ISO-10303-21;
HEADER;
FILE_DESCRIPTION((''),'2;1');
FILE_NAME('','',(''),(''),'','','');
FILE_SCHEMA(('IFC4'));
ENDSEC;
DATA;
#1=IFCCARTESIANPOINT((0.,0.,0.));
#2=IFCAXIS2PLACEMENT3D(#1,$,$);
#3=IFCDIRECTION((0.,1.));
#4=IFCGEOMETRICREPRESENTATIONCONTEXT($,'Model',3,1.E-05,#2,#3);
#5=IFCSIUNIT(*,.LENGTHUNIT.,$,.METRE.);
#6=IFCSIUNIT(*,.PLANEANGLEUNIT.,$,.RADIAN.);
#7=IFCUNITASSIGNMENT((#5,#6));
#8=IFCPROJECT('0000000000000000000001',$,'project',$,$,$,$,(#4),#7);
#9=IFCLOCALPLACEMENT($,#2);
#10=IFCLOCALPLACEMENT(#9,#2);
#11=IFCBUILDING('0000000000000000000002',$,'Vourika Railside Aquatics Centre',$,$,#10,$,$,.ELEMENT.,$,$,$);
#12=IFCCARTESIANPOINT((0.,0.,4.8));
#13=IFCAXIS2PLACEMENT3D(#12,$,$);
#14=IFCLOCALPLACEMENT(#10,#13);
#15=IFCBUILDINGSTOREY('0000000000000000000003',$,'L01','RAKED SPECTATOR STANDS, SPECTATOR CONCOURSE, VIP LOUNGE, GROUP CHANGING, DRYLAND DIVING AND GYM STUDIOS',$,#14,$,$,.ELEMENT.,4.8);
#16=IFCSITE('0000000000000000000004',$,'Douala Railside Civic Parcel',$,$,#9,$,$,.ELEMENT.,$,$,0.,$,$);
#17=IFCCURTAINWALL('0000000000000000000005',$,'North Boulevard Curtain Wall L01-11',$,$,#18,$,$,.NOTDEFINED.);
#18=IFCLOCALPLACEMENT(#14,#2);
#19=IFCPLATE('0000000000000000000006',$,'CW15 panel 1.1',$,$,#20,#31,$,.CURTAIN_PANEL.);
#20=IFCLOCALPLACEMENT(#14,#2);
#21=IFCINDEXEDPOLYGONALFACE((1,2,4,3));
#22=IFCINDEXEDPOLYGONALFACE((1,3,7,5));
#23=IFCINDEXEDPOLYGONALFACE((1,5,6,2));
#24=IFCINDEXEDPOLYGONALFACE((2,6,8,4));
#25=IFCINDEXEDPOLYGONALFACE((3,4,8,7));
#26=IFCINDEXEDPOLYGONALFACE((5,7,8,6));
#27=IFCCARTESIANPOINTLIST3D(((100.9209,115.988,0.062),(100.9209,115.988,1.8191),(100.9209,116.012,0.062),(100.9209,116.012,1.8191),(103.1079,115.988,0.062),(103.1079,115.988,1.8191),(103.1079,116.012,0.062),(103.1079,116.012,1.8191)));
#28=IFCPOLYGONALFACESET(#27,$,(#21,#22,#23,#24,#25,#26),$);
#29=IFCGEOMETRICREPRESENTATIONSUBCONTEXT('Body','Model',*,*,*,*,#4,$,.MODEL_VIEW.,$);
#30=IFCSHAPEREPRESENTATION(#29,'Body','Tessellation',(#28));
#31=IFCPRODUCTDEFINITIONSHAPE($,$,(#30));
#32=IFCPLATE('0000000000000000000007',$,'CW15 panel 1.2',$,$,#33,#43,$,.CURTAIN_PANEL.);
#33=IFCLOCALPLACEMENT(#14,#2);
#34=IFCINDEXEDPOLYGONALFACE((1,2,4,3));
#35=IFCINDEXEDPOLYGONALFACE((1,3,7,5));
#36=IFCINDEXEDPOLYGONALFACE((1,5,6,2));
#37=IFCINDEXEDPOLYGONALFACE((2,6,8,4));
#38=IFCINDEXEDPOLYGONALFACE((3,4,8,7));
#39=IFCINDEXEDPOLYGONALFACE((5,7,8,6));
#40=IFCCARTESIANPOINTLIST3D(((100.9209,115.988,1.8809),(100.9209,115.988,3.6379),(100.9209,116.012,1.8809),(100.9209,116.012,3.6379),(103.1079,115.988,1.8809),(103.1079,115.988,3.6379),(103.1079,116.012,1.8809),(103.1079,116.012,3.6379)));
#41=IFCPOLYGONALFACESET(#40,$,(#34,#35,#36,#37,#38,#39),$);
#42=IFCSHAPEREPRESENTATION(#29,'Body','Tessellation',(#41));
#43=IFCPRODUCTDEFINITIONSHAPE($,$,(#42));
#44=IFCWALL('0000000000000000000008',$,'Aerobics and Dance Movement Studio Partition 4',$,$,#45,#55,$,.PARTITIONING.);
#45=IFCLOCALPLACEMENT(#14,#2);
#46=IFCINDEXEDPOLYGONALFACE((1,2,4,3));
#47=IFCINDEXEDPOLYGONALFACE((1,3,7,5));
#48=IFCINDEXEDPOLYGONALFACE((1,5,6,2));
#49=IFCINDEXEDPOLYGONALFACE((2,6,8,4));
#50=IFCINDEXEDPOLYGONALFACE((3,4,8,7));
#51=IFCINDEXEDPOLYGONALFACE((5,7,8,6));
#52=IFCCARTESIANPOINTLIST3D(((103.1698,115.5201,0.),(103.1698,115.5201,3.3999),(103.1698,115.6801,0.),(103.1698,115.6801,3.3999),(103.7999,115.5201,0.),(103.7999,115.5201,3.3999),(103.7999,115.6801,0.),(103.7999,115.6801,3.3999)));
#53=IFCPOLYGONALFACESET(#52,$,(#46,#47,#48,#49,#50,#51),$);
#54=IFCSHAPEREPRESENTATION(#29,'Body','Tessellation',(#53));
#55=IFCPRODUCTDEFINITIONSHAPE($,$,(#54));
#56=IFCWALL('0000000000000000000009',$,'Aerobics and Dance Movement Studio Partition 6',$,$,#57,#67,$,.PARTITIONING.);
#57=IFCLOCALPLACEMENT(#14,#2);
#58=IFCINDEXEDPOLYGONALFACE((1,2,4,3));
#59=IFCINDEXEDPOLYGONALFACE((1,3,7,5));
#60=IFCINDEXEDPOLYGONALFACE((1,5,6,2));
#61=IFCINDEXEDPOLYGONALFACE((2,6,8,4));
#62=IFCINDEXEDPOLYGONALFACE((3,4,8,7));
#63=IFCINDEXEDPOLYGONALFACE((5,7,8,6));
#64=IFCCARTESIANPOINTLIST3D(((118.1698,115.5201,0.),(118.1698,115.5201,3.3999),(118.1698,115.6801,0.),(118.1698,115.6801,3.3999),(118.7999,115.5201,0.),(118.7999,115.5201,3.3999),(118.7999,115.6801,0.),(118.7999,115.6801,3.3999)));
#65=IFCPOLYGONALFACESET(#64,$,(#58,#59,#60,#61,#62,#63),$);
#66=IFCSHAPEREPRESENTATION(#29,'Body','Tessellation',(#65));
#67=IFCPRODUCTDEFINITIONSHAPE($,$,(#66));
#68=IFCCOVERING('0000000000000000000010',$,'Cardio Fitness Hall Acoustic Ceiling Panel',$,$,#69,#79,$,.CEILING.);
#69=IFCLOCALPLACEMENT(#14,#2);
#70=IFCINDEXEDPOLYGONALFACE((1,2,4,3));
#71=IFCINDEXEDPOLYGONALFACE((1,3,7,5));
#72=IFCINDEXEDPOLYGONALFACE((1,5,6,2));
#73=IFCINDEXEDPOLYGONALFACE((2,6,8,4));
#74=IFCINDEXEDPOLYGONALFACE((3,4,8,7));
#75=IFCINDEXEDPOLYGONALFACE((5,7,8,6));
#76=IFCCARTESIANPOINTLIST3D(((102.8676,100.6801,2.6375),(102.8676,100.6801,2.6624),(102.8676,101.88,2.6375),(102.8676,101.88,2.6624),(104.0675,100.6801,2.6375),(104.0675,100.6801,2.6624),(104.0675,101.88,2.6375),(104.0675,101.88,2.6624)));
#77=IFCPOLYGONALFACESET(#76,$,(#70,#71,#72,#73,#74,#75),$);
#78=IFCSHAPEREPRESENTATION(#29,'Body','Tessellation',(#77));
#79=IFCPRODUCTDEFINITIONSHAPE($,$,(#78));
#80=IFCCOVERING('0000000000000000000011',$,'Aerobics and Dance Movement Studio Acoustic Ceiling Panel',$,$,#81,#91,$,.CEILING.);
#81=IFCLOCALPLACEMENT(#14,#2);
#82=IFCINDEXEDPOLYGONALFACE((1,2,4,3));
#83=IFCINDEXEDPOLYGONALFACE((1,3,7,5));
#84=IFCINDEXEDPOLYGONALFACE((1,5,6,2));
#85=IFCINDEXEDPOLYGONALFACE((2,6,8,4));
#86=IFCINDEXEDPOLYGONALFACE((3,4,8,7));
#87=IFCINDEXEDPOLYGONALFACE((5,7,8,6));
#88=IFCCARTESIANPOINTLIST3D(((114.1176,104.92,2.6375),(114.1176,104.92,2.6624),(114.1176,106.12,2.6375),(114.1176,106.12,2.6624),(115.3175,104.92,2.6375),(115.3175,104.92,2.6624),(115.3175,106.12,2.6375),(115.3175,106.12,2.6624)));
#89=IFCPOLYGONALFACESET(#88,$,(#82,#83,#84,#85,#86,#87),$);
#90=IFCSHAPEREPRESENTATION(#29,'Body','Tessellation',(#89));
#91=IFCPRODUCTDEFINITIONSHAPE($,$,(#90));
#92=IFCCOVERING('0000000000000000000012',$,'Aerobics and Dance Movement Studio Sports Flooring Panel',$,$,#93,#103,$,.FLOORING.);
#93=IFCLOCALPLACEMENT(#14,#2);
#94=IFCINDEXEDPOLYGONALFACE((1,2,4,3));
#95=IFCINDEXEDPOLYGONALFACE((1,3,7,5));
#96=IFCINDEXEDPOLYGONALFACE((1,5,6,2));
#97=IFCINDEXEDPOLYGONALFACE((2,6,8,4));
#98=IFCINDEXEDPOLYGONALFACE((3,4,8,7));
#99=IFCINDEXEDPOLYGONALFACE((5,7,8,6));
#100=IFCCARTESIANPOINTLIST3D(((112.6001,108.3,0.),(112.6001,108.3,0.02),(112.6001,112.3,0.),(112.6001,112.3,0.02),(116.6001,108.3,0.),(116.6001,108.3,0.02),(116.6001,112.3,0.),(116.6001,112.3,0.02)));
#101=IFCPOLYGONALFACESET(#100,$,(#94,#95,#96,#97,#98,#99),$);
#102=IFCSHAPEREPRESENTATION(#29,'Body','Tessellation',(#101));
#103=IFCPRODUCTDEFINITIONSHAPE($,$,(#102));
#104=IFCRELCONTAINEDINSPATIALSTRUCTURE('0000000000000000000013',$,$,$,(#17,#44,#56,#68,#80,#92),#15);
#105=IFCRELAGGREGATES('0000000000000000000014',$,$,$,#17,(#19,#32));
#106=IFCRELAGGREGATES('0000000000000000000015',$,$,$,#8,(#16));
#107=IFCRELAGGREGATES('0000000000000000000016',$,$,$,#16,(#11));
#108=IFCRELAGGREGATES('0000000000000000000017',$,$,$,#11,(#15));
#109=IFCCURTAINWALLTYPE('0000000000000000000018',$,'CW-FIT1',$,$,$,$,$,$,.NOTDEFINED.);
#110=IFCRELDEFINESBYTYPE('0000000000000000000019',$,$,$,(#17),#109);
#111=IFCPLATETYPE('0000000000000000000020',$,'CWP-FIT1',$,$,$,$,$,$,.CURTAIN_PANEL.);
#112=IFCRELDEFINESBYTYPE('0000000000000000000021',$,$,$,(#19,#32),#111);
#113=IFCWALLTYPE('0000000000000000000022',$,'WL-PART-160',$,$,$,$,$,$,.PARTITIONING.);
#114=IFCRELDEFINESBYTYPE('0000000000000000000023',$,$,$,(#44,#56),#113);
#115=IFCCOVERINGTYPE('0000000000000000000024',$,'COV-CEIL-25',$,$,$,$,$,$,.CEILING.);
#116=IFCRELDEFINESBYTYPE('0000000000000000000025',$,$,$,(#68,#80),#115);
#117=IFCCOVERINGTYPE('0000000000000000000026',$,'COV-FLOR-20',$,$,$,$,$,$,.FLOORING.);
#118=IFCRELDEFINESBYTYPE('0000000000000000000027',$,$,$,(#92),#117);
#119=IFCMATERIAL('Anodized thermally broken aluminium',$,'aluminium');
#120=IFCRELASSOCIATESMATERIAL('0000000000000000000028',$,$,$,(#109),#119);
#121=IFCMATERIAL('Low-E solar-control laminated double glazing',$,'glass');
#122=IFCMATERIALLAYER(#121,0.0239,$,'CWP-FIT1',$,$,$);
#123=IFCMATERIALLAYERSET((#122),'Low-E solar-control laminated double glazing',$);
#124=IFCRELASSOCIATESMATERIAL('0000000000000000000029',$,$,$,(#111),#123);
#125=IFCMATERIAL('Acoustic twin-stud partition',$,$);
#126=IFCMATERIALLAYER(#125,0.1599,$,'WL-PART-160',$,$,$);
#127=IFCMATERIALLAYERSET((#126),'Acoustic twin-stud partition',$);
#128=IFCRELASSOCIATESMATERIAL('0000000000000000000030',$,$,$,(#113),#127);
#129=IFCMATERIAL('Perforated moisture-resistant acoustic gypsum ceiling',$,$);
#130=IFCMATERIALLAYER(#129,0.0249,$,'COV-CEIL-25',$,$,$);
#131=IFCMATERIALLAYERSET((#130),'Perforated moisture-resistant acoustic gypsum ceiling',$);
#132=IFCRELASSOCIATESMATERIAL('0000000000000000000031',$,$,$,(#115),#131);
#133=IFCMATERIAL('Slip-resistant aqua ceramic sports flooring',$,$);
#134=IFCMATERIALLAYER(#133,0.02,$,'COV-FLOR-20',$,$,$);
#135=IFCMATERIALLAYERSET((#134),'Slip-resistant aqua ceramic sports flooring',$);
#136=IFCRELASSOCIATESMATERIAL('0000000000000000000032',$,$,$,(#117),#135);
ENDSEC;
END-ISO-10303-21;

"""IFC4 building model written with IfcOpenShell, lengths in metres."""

from ifc_helpers import new_model, si_unit, direction, frame, frame_2d, origin, origin_2d, place, context, subcontext, project, spatial, rectangle, extrude, material, layer, layer_set, type_object, element, aggregate, save


model = new_model("IFC4")

# Units and contexts
model_context = context("Model", 3, precision=1e-05, world=origin(), true_north=direction((0.0, 1.0)))
body_context = subcontext(model_context, "Body", "Model", "MODEL_VIEW")
ifc_project = project(units=[si_unit("LENGTHUNIT", "METRE"), si_unit("PLANEANGLEUNIT", "RADIAN")], contexts=[model_context])

# Site, building, storey
site_placement = place(None, origin())
site = spatial("IfcSite", under=ifc_project, at=site_placement, Name="Douala Railside Civic Parcel", CompositionType="ELEMENT", RefElevation=0.0)
building_placement = place(site_placement, origin())
building = spatial("IfcBuilding", under=site, at=building_placement, Name="Vourika Railside Aquatics Centre", CompositionType="ELEMENT")
storey_placement = place(building_placement, frame((0.0, 0.0, 4.8)))
storey = spatial("IfcBuildingStorey", under=building, at=storey_placement, Name="L01", Description="RAKED SPECTATOR STANDS, SPECTATOR CONCOURSE, VIP LOUNGE, GROUP CHANGING, DRYLAND DIVING AND GYM STUDIOS", CompositionType="ELEMENT", Elevation=4.8)

# Curtain wall, plates
ifc_material_1 = material(Name="Anodized thermally broken aluminium", Category="aluminium")
curtain_wall_type = type_object("IfcCurtainWallType", Name="CW-FIT1", PredefinedType="NOTDEFINED", material=ifc_material_1)
curtain_wall_placement = place(storey_placement, origin())
curtain_wall = element("IfcCurtainWall", 1, at=curtain_wall_placement, inside=storey, type_object=curtain_wall_type, Name="North Boulevard Curtain Wall L01-11", PredefinedType="NOTDEFINED")
ifc_material_2 = material(Name="Low-E solar-control laminated double glazing", Category="glass")
ifc_layer_1 = layer(ifc_material_2, 0.0239, Name="CWP-FIT1")
ifc_layer_set_1 = layer_set([ifc_layer_1], Name="Low-E solar-control laminated double glazing")
plate_type = type_object("IfcPlateType", Name="CWP-FIT1", PredefinedType="CURTAIN_PANEL", material=ifc_layer_set_1)
plate_1_placement = place(storey_placement, frame((102.0144, 116.0, 0.062), z_axis=(0.0, 0.0, 1.0), x_axis=(-1.0, 0.0, 0.0)))
plate_1 = element("IfcPlate", 2, at=plate_1_placement, type_object=plate_type, Name="CW15 panel 1.1", PredefinedType="CURTAIN_PANEL", context=body_context, shape_type="SweptSolid", body=[
    extrude(rectangle(XDim=2.187, YDim=0.0239, at=origin_2d()), origin(), (0.0, 0.0, 1.0), 1.7571),
])
plate_2_placement = place(storey_placement, frame((102.0144, 116.0, 1.8809), z_axis=(0.0, 0.0, 1.0), x_axis=(-1.0, 0.0, 0.0)))
plate_2 = element("IfcPlate", 3, at=plate_2_placement, type_object=plate_type, Name="CW15 panel 1.2", PredefinedType="CURTAIN_PANEL", context=body_context, shape_type="SweptSolid", body=[
    extrude(rectangle(XDim=2.187, YDim=0.0239, at=origin_2d()), origin(), (0.0, 0.0, 1.0), 1.7571),
])
aggregate(curtain_wall, [plate_1, plate_2])

# Walls
ifc_material_3 = material(Name="Acoustic twin-stud partition")
ifc_layer_2 = layer(ifc_material_3, 0.1599, Name="WL-PART-160")
ifc_layer_set_2 = layer_set([ifc_layer_2], Name="Acoustic twin-stud partition")
wall_type = type_object("IfcWallType", Name="WL-PART-160", PredefinedType="PARTITIONING", material=ifc_layer_set_2)
for number, where, z_axis, x_axis, name in (
    (4, (103.1699, 115.6001, 0.0), (0.0, 0.0, 1.0), (1.0, 0.0, 0.0), "Aerobics and Dance Movement Studio Partition 4"),
    (5, (118.1699, 115.6001, 0.0), (0.0, 0.0, 1.0), (1.0, 0.0, 0.0), "Aerobics and Dance Movement Studio Partition 6"),
):
    element("IfcWall", number, at=place(storey_placement, frame(where, z_axis=z_axis, x_axis=x_axis)), inside=storey, type_object=wall_type, Name=name, PredefinedType="PARTITIONING", context=body_context, shape_type="SweptSolid", body=[
        extrude(rectangle(XDim=0.6301, YDim=0.1599, at=frame_2d((0.3149, 0.0))), origin(), (0.0, 0.0, 1.0), 3.3999),
    ])

# Coverings
ifc_material_4 = material(Name="Perforated moisture-resistant acoustic gypsum ceiling")
ifc_layer_3 = layer(ifc_material_4, 0.0249, Name="COV-CEIL-25")
ifc_layer_set_3 = layer_set([ifc_layer_3], Name="Perforated moisture-resistant acoustic gypsum ceiling")
covering_type_1 = type_object("IfcCoveringType", Name="COV-CEIL-25", PredefinedType="CEILING", material=ifc_layer_set_3)
for number, where, z_axis, x_axis, name in (
    (6, (103.4675, 101.28, 2.6375), (0.0, 0.0, 1.0), (1.0, 0.0, 0.0), "Cardio Fitness Hall Acoustic Ceiling Panel"),
    (7, (114.7175, 105.52, 2.6375), (0.0, 0.0, 1.0), (1.0, 0.0, 0.0), "Aerobics and Dance Movement Studio Acoustic Ceiling Panel"),
):
    element("IfcCovering", number, at=place(storey_placement, frame(where, z_axis=z_axis, x_axis=x_axis)), inside=storey, type_object=covering_type_1, Name=name, PredefinedType="CEILING", context=body_context, shape_type="SweptSolid", body=[
        extrude(rectangle(XDim=1.2, YDim=1.2, at=origin_2d()), origin(), (0.0, 0.0, 1.0), 0.0249),
    ])
ifc_material_5 = material(Name="Slip-resistant aqua ceramic sports flooring")
ifc_layer_4 = layer(ifc_material_5, 0.02, Name="COV-FLOR-20")
ifc_layer_set_4 = layer_set([ifc_layer_4], Name="Slip-resistant aqua ceramic sports flooring")
covering_type_2 = type_object("IfcCoveringType", Name="COV-FLOR-20", PredefinedType="FLOORING", material=ifc_layer_set_4)
covering_placement = place(storey_placement, frame((114.6001, 110.3, 0.0), z_axis=(0.0, 0.0, 1.0), x_axis=(1.0, 0.0, 0.0)))
element("IfcCovering", 8, at=covering_placement, inside=storey, type_object=covering_type_2, Name="Aerobics and Dance Movement Studio Sports Flooring Panel", PredefinedType="FLOORING", context=body_context, shape_type="SweptSolid", body=[
    extrude(rectangle(XDim=4.0, YDim=4.0, at=origin_2d()), origin(), (0.0, 0.0, 1.0), 0.02),
])

save(model, "model.ifc")
